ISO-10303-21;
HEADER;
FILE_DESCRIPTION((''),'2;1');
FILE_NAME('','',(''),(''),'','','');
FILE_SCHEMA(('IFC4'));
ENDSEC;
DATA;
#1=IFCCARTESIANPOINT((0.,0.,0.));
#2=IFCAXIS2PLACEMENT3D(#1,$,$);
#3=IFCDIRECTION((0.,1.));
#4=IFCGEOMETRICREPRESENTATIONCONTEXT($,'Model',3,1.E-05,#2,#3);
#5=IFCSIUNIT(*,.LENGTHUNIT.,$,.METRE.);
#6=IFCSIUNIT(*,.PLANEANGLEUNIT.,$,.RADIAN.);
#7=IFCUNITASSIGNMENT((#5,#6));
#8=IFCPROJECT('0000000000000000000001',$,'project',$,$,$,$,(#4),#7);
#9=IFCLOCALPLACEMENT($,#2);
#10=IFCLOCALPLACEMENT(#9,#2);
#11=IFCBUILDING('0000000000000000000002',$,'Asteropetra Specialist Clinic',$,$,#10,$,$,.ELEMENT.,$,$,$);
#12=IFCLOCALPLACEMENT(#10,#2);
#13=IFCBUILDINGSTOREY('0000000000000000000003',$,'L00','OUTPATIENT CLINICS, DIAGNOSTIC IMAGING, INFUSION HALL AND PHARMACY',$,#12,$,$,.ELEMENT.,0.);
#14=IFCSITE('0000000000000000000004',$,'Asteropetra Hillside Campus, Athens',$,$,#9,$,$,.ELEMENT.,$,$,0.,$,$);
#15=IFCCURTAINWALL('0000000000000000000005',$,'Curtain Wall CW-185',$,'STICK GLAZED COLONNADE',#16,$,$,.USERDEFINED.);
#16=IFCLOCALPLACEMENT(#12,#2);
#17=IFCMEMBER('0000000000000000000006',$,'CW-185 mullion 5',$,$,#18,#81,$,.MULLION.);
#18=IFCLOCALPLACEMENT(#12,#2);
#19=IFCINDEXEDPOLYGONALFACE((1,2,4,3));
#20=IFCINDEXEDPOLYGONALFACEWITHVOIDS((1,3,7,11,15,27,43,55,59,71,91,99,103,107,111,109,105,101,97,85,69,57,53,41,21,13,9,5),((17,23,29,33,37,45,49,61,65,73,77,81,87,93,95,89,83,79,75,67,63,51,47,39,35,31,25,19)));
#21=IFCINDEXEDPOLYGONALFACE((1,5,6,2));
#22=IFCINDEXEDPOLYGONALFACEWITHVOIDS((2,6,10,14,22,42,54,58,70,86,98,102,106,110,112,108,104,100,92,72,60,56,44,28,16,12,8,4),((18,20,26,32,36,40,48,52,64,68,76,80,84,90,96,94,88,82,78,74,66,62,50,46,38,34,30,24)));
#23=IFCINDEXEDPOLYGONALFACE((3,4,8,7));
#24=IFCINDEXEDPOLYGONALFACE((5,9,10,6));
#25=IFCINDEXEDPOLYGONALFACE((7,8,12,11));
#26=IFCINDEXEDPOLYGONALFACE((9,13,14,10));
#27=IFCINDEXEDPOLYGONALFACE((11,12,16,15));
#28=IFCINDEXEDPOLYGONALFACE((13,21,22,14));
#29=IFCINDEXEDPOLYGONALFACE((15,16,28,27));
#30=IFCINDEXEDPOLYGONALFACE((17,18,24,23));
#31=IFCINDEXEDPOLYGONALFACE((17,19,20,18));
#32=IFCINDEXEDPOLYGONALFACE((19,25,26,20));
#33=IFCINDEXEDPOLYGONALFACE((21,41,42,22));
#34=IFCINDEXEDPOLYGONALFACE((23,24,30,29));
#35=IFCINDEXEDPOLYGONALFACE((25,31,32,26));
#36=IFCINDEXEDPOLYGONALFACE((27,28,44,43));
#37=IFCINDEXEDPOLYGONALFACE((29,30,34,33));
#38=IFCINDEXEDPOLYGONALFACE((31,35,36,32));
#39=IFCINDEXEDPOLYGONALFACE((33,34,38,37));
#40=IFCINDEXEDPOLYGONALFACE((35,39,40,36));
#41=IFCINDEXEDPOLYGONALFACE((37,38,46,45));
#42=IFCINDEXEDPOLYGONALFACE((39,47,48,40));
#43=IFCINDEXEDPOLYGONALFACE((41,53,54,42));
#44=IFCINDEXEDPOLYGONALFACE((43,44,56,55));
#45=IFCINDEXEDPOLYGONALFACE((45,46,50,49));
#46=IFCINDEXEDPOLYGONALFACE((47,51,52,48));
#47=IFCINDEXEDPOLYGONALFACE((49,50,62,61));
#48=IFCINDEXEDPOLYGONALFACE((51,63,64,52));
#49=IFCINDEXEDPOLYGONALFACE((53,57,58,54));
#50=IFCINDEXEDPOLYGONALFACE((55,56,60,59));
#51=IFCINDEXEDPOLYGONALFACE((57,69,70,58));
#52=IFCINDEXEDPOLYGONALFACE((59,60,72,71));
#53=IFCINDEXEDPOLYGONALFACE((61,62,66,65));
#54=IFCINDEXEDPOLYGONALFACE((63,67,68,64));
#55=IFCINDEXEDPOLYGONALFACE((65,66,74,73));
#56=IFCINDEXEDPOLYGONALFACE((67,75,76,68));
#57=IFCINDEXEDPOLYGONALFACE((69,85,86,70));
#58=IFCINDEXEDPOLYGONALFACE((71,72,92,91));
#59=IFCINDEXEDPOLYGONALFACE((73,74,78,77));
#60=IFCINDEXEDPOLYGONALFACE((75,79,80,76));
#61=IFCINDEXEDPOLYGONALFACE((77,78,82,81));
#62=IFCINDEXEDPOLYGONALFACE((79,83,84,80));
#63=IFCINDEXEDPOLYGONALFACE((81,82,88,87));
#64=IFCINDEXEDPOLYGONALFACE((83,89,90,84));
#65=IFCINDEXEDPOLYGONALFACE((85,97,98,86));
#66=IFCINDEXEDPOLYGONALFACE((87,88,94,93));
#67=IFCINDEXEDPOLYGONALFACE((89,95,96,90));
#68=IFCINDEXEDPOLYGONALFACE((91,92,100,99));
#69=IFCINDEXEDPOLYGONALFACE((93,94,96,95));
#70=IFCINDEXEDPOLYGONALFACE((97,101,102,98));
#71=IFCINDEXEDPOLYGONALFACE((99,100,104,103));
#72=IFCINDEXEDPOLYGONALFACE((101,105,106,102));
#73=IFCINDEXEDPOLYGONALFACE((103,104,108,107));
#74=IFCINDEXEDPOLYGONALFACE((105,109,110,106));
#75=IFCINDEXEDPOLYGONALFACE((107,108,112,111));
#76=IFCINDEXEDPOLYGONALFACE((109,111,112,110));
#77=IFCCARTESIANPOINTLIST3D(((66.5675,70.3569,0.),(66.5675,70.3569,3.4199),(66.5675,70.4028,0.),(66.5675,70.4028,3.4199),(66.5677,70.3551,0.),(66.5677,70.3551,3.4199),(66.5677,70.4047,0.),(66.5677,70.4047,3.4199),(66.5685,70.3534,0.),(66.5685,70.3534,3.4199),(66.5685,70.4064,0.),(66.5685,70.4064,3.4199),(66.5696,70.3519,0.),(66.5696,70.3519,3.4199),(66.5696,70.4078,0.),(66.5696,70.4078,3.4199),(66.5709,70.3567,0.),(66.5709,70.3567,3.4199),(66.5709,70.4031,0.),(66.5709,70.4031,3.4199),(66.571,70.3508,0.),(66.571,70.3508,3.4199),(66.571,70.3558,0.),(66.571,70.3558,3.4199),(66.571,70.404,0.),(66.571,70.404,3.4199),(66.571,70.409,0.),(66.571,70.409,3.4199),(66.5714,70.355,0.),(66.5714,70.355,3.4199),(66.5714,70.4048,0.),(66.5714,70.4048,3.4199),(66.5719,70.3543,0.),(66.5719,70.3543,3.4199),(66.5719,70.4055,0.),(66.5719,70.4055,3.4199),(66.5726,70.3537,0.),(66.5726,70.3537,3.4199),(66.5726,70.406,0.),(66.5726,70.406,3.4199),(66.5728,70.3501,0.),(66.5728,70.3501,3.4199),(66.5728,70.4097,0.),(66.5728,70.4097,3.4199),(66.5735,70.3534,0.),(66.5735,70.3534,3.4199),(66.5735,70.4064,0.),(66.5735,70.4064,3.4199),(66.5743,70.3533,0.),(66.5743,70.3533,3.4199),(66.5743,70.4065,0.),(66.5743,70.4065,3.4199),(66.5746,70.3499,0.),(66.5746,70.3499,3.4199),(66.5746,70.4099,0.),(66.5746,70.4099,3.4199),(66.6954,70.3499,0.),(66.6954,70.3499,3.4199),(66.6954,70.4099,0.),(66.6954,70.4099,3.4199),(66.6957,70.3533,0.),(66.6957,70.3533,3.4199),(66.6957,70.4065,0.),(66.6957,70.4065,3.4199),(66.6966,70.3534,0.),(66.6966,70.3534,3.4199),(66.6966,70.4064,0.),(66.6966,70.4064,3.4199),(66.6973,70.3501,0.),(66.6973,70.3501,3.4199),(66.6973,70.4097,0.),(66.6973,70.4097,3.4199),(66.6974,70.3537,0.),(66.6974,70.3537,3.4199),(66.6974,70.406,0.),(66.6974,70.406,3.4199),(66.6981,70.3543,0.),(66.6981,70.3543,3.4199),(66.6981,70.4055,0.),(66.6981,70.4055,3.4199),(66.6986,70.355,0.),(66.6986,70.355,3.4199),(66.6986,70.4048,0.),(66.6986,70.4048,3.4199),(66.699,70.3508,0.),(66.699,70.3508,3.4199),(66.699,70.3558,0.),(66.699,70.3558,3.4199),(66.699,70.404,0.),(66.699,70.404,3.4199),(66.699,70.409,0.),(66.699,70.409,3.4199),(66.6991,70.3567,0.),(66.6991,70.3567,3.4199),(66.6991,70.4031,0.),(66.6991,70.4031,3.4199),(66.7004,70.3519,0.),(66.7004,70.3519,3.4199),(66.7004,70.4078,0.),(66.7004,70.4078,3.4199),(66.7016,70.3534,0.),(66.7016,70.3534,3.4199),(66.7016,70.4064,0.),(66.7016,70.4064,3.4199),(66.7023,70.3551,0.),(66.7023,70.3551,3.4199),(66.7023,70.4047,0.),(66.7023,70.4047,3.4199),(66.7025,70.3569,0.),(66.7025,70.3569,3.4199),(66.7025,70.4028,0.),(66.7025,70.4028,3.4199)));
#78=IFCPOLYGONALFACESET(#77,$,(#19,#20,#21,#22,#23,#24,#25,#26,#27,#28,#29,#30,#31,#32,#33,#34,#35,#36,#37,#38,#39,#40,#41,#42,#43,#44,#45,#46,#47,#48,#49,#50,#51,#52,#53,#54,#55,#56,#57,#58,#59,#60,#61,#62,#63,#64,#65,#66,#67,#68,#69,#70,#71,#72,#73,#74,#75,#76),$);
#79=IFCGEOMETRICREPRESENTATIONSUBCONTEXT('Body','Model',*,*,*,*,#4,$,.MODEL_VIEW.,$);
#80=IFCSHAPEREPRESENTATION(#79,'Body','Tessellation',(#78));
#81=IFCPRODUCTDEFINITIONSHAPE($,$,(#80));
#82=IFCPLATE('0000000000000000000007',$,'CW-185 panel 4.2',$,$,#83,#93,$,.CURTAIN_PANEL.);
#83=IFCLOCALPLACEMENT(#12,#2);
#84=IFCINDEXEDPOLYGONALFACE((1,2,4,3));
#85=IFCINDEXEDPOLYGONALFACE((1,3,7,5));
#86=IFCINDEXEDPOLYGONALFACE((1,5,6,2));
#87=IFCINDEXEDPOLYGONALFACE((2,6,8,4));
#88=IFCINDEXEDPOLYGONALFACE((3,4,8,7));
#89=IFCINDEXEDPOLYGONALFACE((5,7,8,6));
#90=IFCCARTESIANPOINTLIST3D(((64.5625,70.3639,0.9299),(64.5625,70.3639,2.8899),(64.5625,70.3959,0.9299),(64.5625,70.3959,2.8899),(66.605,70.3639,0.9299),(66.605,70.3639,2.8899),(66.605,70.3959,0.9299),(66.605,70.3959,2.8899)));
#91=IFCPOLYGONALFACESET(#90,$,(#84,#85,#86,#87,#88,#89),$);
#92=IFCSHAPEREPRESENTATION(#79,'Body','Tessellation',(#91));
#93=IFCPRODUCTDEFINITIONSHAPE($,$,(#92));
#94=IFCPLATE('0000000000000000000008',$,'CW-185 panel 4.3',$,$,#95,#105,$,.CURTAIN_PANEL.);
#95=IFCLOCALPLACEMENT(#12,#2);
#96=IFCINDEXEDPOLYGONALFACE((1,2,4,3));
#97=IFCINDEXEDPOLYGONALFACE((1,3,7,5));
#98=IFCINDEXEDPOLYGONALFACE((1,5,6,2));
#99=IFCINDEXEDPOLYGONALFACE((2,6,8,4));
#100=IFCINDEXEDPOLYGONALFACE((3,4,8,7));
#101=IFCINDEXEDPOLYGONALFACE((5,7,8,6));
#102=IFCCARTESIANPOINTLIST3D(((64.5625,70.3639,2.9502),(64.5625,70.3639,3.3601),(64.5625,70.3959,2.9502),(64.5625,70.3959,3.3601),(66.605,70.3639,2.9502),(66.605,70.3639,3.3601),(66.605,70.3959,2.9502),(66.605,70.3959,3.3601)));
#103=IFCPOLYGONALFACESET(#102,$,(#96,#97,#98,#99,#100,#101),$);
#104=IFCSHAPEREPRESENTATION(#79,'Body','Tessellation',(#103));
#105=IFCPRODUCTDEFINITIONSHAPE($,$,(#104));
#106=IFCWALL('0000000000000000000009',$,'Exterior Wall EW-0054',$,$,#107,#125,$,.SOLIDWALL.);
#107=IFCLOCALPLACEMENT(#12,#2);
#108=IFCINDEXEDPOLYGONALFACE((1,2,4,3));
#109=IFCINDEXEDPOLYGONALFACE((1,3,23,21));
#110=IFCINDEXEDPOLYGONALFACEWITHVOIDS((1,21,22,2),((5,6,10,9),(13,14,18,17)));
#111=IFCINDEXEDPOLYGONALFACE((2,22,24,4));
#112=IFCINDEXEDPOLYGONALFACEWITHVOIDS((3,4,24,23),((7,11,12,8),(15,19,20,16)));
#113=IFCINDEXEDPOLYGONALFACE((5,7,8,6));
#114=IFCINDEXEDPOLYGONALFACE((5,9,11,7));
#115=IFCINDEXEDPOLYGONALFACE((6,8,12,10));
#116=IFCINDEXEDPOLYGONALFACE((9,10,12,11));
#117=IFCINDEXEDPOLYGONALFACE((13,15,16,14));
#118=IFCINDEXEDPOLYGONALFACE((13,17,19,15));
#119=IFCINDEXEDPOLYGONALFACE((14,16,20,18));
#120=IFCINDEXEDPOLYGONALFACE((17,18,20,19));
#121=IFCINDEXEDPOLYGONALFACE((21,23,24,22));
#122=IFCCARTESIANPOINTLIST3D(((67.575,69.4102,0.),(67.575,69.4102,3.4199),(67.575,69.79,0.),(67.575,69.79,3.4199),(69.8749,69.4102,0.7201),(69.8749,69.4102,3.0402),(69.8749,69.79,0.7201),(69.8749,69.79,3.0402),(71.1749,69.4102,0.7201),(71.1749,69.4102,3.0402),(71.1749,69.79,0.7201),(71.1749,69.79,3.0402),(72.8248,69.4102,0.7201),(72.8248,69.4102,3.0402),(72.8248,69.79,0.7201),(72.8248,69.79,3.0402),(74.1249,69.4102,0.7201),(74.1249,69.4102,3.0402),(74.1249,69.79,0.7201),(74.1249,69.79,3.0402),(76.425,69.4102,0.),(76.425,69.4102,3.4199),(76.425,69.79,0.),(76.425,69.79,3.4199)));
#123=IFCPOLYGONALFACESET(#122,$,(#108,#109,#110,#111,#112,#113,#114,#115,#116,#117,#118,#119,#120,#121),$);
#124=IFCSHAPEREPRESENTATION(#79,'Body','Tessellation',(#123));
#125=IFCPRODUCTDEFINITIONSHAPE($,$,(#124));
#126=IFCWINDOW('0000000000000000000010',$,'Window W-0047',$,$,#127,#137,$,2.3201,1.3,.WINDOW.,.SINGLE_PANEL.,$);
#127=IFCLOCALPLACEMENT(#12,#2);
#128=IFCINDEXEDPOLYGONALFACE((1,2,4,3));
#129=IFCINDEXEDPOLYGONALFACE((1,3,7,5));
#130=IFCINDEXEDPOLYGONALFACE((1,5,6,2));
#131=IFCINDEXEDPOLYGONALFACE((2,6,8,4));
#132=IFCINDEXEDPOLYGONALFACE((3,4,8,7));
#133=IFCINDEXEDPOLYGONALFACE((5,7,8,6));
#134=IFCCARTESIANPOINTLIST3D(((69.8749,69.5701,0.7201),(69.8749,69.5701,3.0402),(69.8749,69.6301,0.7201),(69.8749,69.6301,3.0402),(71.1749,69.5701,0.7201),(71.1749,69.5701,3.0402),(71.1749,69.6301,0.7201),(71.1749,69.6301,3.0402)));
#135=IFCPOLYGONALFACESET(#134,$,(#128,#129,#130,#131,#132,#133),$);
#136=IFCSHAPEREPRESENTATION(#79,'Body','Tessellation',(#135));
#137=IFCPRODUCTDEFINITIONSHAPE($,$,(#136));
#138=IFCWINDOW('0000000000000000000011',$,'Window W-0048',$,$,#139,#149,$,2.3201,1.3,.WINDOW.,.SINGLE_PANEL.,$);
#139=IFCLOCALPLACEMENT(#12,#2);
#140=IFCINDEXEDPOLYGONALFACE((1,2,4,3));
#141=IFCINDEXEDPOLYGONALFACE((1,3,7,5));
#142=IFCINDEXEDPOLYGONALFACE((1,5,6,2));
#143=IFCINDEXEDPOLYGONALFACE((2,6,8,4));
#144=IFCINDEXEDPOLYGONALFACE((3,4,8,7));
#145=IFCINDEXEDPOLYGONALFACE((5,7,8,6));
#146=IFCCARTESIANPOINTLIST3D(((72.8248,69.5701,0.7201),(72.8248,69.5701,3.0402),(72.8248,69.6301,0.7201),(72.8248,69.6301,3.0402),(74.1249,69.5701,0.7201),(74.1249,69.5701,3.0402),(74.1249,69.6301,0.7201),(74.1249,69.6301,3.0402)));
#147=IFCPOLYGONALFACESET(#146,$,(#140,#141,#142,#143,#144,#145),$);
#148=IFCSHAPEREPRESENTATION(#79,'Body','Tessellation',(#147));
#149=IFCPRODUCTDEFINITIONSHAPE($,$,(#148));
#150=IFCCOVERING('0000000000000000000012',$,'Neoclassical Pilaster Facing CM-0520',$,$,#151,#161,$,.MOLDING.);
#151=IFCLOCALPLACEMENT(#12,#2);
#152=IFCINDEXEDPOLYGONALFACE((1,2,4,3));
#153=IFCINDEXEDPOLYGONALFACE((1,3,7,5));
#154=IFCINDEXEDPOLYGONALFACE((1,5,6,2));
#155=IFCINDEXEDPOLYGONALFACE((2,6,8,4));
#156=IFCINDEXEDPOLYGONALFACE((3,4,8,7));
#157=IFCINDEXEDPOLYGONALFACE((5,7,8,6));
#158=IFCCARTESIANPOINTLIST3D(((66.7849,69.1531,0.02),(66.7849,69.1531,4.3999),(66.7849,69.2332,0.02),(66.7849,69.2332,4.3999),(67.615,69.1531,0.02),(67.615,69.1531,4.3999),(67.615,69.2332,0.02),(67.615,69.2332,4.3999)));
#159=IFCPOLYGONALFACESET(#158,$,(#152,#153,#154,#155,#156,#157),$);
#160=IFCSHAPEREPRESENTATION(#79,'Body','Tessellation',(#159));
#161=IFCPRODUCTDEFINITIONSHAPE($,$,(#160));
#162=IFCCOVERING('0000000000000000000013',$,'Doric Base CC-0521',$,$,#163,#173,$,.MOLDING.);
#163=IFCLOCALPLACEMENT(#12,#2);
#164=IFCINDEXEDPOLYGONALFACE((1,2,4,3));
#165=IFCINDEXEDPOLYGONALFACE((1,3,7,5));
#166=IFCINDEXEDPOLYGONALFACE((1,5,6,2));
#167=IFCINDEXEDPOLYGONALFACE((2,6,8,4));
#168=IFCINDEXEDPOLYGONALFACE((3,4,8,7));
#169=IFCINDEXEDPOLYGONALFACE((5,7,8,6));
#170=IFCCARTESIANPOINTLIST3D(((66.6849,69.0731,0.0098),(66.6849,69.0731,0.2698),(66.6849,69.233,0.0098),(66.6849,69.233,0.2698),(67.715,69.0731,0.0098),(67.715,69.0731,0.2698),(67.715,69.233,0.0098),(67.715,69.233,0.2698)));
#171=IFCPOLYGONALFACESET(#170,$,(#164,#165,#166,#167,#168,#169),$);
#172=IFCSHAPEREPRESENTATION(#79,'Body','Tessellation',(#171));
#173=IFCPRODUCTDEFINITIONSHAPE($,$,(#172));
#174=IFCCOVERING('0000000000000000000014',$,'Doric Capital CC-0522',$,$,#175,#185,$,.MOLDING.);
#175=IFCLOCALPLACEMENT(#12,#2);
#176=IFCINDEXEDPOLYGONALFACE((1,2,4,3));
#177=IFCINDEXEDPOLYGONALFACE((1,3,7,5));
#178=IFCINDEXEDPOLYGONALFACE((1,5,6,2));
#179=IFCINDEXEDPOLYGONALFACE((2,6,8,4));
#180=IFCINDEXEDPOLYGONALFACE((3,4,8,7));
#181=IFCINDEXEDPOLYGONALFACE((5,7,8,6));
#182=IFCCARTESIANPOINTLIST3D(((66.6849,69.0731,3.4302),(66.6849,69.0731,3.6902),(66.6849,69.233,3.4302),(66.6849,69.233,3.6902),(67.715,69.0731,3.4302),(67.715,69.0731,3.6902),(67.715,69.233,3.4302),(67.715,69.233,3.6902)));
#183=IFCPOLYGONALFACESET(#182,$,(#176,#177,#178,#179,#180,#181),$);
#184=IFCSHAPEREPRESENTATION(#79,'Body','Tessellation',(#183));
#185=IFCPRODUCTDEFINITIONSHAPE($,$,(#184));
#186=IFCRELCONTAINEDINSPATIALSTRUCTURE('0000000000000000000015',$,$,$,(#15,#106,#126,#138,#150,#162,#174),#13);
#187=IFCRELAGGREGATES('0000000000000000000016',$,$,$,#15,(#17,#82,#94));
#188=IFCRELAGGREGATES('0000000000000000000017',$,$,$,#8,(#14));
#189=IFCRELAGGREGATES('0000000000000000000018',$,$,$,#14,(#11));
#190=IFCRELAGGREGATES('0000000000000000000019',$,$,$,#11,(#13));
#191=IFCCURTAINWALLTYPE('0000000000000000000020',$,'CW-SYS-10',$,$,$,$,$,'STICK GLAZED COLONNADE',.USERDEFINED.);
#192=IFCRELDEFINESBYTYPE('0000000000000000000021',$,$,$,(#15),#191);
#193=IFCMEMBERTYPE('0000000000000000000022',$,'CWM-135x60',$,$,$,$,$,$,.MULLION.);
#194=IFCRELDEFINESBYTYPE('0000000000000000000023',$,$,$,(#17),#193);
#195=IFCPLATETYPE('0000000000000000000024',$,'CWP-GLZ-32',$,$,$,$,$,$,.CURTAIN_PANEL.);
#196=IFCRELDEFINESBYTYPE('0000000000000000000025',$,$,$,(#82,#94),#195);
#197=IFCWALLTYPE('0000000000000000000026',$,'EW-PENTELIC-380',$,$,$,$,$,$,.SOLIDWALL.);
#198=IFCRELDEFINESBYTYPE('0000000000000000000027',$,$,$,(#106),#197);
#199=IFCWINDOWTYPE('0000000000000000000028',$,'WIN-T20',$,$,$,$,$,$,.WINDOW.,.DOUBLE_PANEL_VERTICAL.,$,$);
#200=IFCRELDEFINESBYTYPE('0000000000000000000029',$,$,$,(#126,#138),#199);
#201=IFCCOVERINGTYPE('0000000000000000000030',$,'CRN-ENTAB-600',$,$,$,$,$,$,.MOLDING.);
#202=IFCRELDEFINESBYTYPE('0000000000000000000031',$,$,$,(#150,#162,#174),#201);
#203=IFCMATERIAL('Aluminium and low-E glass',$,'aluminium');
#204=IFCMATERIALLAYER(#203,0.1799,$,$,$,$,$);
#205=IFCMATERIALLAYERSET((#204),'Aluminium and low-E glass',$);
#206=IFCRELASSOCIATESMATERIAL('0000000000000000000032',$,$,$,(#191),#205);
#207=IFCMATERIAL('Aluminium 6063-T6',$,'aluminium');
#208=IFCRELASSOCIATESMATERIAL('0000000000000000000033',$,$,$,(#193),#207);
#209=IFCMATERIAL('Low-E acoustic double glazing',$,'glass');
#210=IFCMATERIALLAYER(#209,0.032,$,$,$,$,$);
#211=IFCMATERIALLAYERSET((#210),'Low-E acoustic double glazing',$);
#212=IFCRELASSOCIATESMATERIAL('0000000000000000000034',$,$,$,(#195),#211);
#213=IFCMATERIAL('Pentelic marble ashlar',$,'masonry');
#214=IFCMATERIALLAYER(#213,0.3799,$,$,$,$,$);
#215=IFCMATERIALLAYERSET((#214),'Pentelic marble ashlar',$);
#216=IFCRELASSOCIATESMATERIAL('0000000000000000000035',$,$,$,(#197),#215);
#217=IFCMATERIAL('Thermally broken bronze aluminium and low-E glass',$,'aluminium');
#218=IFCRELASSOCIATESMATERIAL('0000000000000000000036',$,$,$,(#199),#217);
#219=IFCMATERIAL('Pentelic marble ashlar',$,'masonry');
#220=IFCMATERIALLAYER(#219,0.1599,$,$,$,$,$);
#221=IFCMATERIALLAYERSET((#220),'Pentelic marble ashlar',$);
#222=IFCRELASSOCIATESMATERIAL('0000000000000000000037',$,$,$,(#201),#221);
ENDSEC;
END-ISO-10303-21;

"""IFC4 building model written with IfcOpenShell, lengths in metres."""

from ifc_helpers import new_model, si_unit, direction, frame, frame_2d, origin, origin_2d, place, context, subcontext, project, spatial, rectangle, hollow_rectangle, extrude, material, layer, layer_set, material_profile, profile_set, type_object, element, fill, aggregate, save


model = new_model("IFC4")

# Units and contexts
model_context = context("Model", 3, precision=1e-05, world=origin(), true_north=direction((0.0, 1.0)))
body_context = subcontext(model_context, "Body", "Model", "MODEL_VIEW")
ifc_project = project(units=[si_unit("LENGTHUNIT", "METRE"), si_unit("PLANEANGLEUNIT", "RADIAN")], contexts=[model_context])

# Site, building, storey
site_placement = place(None, origin())
site = spatial("IfcSite", under=ifc_project, at=site_placement, Name="Asteropetra Hillside Campus, Athens", CompositionType="ELEMENT", RefElevation=0.0)
building_placement = place(site_placement, origin())
building = spatial("IfcBuilding", under=site, at=building_placement, Name="Asteropetra Specialist Clinic", CompositionType="ELEMENT")
storey_placement = place(building_placement, origin())
storey = spatial("IfcBuildingStorey", under=building, at=storey_placement, Name="L00", Description="OUTPATIENT CLINICS, DIAGNOSTIC IMAGING, INFUSION HALL AND PHARMACY", CompositionType="ELEMENT", Elevation=0.0)

# Curtain wall, member, plates
ifc_material_1 = material(Name="Aluminium and low-E glass", Category="aluminium")
ifc_layer_1 = layer(ifc_material_1, 0.1799)
ifc_layer_set_1 = layer_set([ifc_layer_1], Name="Aluminium and low-E glass")
curtain_wall_type = type_object("IfcCurtainWallType", Name="CW-SYS-10", ElementType="STICK GLAZED COLONNADE", PredefinedType="USERDEFINED", material=ifc_layer_set_1)
curtain_wall_placement = place(storey_placement, origin())
curtain_wall = element("IfcCurtainWall", 1, at=curtain_wall_placement, inside=storey, type_object=curtain_wall_type, Name="Curtain Wall CW-185", ObjectType="STICK GLAZED COLONNADE", PredefinedType="USERDEFINED")
ifc_material_2 = material(Name="Aluminium 6063-T6", Category="aluminium")
ifc_material_profile_1 = material_profile(ifc_material_2, hollow_rectangle(XDim=0.0601, YDim=0.135, WallThickness=0.0034, InnerFilletRadius=0.0034, OuterFilletRadius=0.0071, at=origin_2d()), Name="MUL 135x60x3.5")
ifc_profile_set_1 = profile_set([ifc_material_profile_1], Name="Aluminium 6063-T6")
member_type = type_object("IfcMemberType", Name="CWM-135x60", PredefinedType="MULLION", material=ifc_profile_set_1)
member_placement = place(storey_placement, frame((66.635, 70.3799, 0.0), z_axis=(0.0, 0.0, 1.0), x_axis=(0.0, 1.0, 0.0)))
member = element("IfcMember", 2, at=member_placement, type_object=member_type, Name="CW-185 mullion 5", PredefinedType="MULLION", context=body_context, shape_type="SweptSolid", body=[
    extrude(hollow_rectangle(XDim=0.0601, YDim=0.135, WallThickness=0.0034, InnerFilletRadius=0.0034, OuterFilletRadius=0.0071, at=origin_2d()), origin(), (0.0, 0.0, 1.0), 3.4199),
])
ifc_material_3 = material(Name="Low-E acoustic double glazing", Category="glass")
ifc_layer_2 = layer(ifc_material_3, 0.032)
ifc_layer_set_2 = layer_set([ifc_layer_2], Name="Low-E acoustic double glazing")
plate_type = type_object("IfcPlateType", Name="CWP-GLZ-32", PredefinedType="CURTAIN_PANEL", material=ifc_layer_set_2)
plate_1_placement = place(storey_placement, frame((65.5837, 70.3799, 0.9299), z_axis=(0.0, 0.0, 1.0), x_axis=(1.0, 0.0, 0.0)))
plate_1 = element("IfcPlate", 3, at=plate_1_placement, type_object=plate_type, Name="CW-185 panel 4.2", PredefinedType="CURTAIN_PANEL", context=body_context, shape_type="SweptSolid", body=[
    extrude(rectangle(XDim=2.0425, YDim=0.032, at=origin_2d()), origin(), (0.0, 0.0, 1.0), 1.96),
])
plate_2_placement = place(storey_placement, frame((65.5837, 70.3799, 2.9502), z_axis=(0.0, 0.0, 1.0), x_axis=(1.0, 0.0, 0.0)))
plate_2 = element("IfcPlate", 4, at=plate_2_placement, type_object=plate_type, Name="CW-185 panel 4.3", PredefinedType="CURTAIN_PANEL", context=body_context, shape_type="SweptSolid", body=[
    extrude(rectangle(XDim=2.0425, YDim=0.032, at=origin_2d()), origin(), (0.0, 0.0, 1.0), 0.4099),
])
aggregate(curtain_wall, [member, plate_1, plate_2])

# Wall, openings, windows
ifc_material_4 = material(Name="Pentelic marble ashlar", Category="masonry")
ifc_layer_3 = layer(ifc_material_4, 0.3799)
ifc_layer_set_3 = layer_set([ifc_layer_3], Name="Pentelic marble ashlar")
wall_type = type_object("IfcWallType", Name="EW-PENTELIC-380", PredefinedType="SOLIDWALL", material=ifc_layer_set_3)
wall_placement = place(storey_placement, frame((67.575, 69.6001, 0.0), z_axis=(0.0, 0.0, 1.0), x_axis=(1.0, 0.0, 0.0)))
wall = element("IfcWall", 5, at=wall_placement, inside=storey, type_object=wall_type, Name="Exterior Wall EW-0054", PredefinedType="SOLIDWALL", context=body_context, shape_type="SweptSolid", body=[
    extrude(rectangle(XDim=8.8501, YDim=0.3799, at=frame_2d((4.425, 0.0))), origin(), (0.0, 0.0, 1.0), 3.4199),
])
opening_1_placement = place(wall_placement, frame((2.3, 0.0, 0.72)))
opening_1 = element("IfcOpeningElement", 6, at=opening_1_placement, cuts=wall, PredefinedType="OPENING", context=body_context, shape_type="SweptSolid", body=[
    extrude(rectangle(XDim=1.3, YDim=2.3201, at=frame_2d((0.6499, 1.1602))), frame((0.0, 0.2, 0.0), z_axis=(0.0, -1.0, 0.0), x_axis=(1.0, 0.0, 0.0)), (0.0, 0.0, 1.0), 0.3999),
])
opening_2_placement = place(wall_placement, frame((5.25, 0.0, 0.72)))
opening_2 = element("IfcOpeningElement", 7, at=opening_2_placement, cuts=wall, PredefinedType="OPENING", context=body_context, shape_type="SweptSolid", body=[
    extrude(rectangle(XDim=1.3, YDim=2.3201, at=frame_2d((0.6499, 1.1602))), frame((0.0, 0.2, 0.0), z_axis=(0.0, -1.0, 0.0), x_axis=(1.0, 0.0, 0.0)), (0.0, 0.0, 1.0), 0.3999),
])
ifc_material_5 = material(Name="Thermally broken bronze aluminium and low-E glass", Category="aluminium")
window_type = type_object("IfcWindowType", Name="WIN-T20", PartitioningType="DOUBLE_PANEL_VERTICAL", PredefinedType="WINDOW", material=ifc_material_5)
window_1_placement = place(opening_1_placement, origin())
window_1 = element("IfcWindow", 8, at=window_1_placement, inside=storey, type_object=window_type, Name="Window W-0047", OverallHeight=2.3201, OverallWidth=1.3, PartitioningType="SINGLE_PANEL", PredefinedType="WINDOW", context=body_context, shape_type="SweptSolid", body=[
    extrude(rectangle(XDim=1.3, YDim=2.3201, at=frame_2d((0.6499, 1.1602))), frame((0.0, 0.03, 0.0), z_axis=(0.0, -1.0, 0.0), x_axis=(1.0, 0.0, 0.0)), (0.0, 0.0, 1.0), 0.0601),
])
fill(opening_1, window_1)
window_2_placement = place(opening_2_placement, origin())
window_2 = element("IfcWindow", 9, at=window_2_placement, inside=storey, type_object=window_type, Name="Window W-0048", OverallHeight=2.3201, OverallWidth=1.3, PartitioningType="SINGLE_PANEL", PredefinedType="WINDOW", context=body_context, shape_type="SweptSolid", body=[
    extrude(rectangle(XDim=1.3, YDim=2.3201, at=frame_2d((0.6499, 1.1602))), frame((0.0, 0.03, 0.0), z_axis=(0.0, -1.0, 0.0), x_axis=(1.0, 0.0, 0.0)), (0.0, 0.0, 1.0), 0.0601),
])
fill(opening_2, window_2)

# Coverings
ifc_material_6 = material(Name="Pentelic marble ashlar", Category="masonry")
ifc_layer_4 = layer(ifc_material_6, 0.1599)
ifc_layer_set_4 = layer_set([ifc_layer_4], Name="Pentelic marble ashlar")
covering_type = type_object("IfcCoveringType", Name="CRN-ENTAB-600", PredefinedType="MOLDING", material=ifc_layer_set_4)
covering_1_placement = place(storey_placement, frame((67.2, 69.1931, 0.02), z_axis=(0.0, 0.0, 1.0), x_axis=(1.0, 0.0, 0.0)))
element("IfcCovering", 10, at=covering_1_placement, inside=storey, type_object=covering_type, Name="Neoclassical Pilaster Facing CM-0520", PredefinedType="MOLDING", context=body_context, shape_type="SweptSolid", body=[
    extrude(rectangle(XDim=0.8301, YDim=0.0801, at=origin_2d()), origin(), (0.0, 0.0, 1.0), 4.3799),
])
for number, where, z_axis, x_axis, name in (
    (11, (67.2, 69.1531, 0.0098), (0.0, 0.0, 1.0), (1.0, 0.0, 0.0), "Doric Base CC-0521"),
    (12, (67.2, 69.1531, 3.4302), (0.0, 0.0, 1.0), (1.0, 0.0, 0.0), "Doric Capital CC-0522"),
):
    element("IfcCovering", number, at=place(storey_placement, frame(where, z_axis=z_axis, x_axis=x_axis)), inside=storey, type_object=covering_type, Name=name, PredefinedType="MOLDING", context=body_context, shape_type="SweptSolid", body=[
        extrude(rectangle(XDim=1.03, YDim=0.1599, at=origin_2d()), origin(), (0.0, 0.0, 1.0), 0.26),
    ])

save(model, "model.ifc")
